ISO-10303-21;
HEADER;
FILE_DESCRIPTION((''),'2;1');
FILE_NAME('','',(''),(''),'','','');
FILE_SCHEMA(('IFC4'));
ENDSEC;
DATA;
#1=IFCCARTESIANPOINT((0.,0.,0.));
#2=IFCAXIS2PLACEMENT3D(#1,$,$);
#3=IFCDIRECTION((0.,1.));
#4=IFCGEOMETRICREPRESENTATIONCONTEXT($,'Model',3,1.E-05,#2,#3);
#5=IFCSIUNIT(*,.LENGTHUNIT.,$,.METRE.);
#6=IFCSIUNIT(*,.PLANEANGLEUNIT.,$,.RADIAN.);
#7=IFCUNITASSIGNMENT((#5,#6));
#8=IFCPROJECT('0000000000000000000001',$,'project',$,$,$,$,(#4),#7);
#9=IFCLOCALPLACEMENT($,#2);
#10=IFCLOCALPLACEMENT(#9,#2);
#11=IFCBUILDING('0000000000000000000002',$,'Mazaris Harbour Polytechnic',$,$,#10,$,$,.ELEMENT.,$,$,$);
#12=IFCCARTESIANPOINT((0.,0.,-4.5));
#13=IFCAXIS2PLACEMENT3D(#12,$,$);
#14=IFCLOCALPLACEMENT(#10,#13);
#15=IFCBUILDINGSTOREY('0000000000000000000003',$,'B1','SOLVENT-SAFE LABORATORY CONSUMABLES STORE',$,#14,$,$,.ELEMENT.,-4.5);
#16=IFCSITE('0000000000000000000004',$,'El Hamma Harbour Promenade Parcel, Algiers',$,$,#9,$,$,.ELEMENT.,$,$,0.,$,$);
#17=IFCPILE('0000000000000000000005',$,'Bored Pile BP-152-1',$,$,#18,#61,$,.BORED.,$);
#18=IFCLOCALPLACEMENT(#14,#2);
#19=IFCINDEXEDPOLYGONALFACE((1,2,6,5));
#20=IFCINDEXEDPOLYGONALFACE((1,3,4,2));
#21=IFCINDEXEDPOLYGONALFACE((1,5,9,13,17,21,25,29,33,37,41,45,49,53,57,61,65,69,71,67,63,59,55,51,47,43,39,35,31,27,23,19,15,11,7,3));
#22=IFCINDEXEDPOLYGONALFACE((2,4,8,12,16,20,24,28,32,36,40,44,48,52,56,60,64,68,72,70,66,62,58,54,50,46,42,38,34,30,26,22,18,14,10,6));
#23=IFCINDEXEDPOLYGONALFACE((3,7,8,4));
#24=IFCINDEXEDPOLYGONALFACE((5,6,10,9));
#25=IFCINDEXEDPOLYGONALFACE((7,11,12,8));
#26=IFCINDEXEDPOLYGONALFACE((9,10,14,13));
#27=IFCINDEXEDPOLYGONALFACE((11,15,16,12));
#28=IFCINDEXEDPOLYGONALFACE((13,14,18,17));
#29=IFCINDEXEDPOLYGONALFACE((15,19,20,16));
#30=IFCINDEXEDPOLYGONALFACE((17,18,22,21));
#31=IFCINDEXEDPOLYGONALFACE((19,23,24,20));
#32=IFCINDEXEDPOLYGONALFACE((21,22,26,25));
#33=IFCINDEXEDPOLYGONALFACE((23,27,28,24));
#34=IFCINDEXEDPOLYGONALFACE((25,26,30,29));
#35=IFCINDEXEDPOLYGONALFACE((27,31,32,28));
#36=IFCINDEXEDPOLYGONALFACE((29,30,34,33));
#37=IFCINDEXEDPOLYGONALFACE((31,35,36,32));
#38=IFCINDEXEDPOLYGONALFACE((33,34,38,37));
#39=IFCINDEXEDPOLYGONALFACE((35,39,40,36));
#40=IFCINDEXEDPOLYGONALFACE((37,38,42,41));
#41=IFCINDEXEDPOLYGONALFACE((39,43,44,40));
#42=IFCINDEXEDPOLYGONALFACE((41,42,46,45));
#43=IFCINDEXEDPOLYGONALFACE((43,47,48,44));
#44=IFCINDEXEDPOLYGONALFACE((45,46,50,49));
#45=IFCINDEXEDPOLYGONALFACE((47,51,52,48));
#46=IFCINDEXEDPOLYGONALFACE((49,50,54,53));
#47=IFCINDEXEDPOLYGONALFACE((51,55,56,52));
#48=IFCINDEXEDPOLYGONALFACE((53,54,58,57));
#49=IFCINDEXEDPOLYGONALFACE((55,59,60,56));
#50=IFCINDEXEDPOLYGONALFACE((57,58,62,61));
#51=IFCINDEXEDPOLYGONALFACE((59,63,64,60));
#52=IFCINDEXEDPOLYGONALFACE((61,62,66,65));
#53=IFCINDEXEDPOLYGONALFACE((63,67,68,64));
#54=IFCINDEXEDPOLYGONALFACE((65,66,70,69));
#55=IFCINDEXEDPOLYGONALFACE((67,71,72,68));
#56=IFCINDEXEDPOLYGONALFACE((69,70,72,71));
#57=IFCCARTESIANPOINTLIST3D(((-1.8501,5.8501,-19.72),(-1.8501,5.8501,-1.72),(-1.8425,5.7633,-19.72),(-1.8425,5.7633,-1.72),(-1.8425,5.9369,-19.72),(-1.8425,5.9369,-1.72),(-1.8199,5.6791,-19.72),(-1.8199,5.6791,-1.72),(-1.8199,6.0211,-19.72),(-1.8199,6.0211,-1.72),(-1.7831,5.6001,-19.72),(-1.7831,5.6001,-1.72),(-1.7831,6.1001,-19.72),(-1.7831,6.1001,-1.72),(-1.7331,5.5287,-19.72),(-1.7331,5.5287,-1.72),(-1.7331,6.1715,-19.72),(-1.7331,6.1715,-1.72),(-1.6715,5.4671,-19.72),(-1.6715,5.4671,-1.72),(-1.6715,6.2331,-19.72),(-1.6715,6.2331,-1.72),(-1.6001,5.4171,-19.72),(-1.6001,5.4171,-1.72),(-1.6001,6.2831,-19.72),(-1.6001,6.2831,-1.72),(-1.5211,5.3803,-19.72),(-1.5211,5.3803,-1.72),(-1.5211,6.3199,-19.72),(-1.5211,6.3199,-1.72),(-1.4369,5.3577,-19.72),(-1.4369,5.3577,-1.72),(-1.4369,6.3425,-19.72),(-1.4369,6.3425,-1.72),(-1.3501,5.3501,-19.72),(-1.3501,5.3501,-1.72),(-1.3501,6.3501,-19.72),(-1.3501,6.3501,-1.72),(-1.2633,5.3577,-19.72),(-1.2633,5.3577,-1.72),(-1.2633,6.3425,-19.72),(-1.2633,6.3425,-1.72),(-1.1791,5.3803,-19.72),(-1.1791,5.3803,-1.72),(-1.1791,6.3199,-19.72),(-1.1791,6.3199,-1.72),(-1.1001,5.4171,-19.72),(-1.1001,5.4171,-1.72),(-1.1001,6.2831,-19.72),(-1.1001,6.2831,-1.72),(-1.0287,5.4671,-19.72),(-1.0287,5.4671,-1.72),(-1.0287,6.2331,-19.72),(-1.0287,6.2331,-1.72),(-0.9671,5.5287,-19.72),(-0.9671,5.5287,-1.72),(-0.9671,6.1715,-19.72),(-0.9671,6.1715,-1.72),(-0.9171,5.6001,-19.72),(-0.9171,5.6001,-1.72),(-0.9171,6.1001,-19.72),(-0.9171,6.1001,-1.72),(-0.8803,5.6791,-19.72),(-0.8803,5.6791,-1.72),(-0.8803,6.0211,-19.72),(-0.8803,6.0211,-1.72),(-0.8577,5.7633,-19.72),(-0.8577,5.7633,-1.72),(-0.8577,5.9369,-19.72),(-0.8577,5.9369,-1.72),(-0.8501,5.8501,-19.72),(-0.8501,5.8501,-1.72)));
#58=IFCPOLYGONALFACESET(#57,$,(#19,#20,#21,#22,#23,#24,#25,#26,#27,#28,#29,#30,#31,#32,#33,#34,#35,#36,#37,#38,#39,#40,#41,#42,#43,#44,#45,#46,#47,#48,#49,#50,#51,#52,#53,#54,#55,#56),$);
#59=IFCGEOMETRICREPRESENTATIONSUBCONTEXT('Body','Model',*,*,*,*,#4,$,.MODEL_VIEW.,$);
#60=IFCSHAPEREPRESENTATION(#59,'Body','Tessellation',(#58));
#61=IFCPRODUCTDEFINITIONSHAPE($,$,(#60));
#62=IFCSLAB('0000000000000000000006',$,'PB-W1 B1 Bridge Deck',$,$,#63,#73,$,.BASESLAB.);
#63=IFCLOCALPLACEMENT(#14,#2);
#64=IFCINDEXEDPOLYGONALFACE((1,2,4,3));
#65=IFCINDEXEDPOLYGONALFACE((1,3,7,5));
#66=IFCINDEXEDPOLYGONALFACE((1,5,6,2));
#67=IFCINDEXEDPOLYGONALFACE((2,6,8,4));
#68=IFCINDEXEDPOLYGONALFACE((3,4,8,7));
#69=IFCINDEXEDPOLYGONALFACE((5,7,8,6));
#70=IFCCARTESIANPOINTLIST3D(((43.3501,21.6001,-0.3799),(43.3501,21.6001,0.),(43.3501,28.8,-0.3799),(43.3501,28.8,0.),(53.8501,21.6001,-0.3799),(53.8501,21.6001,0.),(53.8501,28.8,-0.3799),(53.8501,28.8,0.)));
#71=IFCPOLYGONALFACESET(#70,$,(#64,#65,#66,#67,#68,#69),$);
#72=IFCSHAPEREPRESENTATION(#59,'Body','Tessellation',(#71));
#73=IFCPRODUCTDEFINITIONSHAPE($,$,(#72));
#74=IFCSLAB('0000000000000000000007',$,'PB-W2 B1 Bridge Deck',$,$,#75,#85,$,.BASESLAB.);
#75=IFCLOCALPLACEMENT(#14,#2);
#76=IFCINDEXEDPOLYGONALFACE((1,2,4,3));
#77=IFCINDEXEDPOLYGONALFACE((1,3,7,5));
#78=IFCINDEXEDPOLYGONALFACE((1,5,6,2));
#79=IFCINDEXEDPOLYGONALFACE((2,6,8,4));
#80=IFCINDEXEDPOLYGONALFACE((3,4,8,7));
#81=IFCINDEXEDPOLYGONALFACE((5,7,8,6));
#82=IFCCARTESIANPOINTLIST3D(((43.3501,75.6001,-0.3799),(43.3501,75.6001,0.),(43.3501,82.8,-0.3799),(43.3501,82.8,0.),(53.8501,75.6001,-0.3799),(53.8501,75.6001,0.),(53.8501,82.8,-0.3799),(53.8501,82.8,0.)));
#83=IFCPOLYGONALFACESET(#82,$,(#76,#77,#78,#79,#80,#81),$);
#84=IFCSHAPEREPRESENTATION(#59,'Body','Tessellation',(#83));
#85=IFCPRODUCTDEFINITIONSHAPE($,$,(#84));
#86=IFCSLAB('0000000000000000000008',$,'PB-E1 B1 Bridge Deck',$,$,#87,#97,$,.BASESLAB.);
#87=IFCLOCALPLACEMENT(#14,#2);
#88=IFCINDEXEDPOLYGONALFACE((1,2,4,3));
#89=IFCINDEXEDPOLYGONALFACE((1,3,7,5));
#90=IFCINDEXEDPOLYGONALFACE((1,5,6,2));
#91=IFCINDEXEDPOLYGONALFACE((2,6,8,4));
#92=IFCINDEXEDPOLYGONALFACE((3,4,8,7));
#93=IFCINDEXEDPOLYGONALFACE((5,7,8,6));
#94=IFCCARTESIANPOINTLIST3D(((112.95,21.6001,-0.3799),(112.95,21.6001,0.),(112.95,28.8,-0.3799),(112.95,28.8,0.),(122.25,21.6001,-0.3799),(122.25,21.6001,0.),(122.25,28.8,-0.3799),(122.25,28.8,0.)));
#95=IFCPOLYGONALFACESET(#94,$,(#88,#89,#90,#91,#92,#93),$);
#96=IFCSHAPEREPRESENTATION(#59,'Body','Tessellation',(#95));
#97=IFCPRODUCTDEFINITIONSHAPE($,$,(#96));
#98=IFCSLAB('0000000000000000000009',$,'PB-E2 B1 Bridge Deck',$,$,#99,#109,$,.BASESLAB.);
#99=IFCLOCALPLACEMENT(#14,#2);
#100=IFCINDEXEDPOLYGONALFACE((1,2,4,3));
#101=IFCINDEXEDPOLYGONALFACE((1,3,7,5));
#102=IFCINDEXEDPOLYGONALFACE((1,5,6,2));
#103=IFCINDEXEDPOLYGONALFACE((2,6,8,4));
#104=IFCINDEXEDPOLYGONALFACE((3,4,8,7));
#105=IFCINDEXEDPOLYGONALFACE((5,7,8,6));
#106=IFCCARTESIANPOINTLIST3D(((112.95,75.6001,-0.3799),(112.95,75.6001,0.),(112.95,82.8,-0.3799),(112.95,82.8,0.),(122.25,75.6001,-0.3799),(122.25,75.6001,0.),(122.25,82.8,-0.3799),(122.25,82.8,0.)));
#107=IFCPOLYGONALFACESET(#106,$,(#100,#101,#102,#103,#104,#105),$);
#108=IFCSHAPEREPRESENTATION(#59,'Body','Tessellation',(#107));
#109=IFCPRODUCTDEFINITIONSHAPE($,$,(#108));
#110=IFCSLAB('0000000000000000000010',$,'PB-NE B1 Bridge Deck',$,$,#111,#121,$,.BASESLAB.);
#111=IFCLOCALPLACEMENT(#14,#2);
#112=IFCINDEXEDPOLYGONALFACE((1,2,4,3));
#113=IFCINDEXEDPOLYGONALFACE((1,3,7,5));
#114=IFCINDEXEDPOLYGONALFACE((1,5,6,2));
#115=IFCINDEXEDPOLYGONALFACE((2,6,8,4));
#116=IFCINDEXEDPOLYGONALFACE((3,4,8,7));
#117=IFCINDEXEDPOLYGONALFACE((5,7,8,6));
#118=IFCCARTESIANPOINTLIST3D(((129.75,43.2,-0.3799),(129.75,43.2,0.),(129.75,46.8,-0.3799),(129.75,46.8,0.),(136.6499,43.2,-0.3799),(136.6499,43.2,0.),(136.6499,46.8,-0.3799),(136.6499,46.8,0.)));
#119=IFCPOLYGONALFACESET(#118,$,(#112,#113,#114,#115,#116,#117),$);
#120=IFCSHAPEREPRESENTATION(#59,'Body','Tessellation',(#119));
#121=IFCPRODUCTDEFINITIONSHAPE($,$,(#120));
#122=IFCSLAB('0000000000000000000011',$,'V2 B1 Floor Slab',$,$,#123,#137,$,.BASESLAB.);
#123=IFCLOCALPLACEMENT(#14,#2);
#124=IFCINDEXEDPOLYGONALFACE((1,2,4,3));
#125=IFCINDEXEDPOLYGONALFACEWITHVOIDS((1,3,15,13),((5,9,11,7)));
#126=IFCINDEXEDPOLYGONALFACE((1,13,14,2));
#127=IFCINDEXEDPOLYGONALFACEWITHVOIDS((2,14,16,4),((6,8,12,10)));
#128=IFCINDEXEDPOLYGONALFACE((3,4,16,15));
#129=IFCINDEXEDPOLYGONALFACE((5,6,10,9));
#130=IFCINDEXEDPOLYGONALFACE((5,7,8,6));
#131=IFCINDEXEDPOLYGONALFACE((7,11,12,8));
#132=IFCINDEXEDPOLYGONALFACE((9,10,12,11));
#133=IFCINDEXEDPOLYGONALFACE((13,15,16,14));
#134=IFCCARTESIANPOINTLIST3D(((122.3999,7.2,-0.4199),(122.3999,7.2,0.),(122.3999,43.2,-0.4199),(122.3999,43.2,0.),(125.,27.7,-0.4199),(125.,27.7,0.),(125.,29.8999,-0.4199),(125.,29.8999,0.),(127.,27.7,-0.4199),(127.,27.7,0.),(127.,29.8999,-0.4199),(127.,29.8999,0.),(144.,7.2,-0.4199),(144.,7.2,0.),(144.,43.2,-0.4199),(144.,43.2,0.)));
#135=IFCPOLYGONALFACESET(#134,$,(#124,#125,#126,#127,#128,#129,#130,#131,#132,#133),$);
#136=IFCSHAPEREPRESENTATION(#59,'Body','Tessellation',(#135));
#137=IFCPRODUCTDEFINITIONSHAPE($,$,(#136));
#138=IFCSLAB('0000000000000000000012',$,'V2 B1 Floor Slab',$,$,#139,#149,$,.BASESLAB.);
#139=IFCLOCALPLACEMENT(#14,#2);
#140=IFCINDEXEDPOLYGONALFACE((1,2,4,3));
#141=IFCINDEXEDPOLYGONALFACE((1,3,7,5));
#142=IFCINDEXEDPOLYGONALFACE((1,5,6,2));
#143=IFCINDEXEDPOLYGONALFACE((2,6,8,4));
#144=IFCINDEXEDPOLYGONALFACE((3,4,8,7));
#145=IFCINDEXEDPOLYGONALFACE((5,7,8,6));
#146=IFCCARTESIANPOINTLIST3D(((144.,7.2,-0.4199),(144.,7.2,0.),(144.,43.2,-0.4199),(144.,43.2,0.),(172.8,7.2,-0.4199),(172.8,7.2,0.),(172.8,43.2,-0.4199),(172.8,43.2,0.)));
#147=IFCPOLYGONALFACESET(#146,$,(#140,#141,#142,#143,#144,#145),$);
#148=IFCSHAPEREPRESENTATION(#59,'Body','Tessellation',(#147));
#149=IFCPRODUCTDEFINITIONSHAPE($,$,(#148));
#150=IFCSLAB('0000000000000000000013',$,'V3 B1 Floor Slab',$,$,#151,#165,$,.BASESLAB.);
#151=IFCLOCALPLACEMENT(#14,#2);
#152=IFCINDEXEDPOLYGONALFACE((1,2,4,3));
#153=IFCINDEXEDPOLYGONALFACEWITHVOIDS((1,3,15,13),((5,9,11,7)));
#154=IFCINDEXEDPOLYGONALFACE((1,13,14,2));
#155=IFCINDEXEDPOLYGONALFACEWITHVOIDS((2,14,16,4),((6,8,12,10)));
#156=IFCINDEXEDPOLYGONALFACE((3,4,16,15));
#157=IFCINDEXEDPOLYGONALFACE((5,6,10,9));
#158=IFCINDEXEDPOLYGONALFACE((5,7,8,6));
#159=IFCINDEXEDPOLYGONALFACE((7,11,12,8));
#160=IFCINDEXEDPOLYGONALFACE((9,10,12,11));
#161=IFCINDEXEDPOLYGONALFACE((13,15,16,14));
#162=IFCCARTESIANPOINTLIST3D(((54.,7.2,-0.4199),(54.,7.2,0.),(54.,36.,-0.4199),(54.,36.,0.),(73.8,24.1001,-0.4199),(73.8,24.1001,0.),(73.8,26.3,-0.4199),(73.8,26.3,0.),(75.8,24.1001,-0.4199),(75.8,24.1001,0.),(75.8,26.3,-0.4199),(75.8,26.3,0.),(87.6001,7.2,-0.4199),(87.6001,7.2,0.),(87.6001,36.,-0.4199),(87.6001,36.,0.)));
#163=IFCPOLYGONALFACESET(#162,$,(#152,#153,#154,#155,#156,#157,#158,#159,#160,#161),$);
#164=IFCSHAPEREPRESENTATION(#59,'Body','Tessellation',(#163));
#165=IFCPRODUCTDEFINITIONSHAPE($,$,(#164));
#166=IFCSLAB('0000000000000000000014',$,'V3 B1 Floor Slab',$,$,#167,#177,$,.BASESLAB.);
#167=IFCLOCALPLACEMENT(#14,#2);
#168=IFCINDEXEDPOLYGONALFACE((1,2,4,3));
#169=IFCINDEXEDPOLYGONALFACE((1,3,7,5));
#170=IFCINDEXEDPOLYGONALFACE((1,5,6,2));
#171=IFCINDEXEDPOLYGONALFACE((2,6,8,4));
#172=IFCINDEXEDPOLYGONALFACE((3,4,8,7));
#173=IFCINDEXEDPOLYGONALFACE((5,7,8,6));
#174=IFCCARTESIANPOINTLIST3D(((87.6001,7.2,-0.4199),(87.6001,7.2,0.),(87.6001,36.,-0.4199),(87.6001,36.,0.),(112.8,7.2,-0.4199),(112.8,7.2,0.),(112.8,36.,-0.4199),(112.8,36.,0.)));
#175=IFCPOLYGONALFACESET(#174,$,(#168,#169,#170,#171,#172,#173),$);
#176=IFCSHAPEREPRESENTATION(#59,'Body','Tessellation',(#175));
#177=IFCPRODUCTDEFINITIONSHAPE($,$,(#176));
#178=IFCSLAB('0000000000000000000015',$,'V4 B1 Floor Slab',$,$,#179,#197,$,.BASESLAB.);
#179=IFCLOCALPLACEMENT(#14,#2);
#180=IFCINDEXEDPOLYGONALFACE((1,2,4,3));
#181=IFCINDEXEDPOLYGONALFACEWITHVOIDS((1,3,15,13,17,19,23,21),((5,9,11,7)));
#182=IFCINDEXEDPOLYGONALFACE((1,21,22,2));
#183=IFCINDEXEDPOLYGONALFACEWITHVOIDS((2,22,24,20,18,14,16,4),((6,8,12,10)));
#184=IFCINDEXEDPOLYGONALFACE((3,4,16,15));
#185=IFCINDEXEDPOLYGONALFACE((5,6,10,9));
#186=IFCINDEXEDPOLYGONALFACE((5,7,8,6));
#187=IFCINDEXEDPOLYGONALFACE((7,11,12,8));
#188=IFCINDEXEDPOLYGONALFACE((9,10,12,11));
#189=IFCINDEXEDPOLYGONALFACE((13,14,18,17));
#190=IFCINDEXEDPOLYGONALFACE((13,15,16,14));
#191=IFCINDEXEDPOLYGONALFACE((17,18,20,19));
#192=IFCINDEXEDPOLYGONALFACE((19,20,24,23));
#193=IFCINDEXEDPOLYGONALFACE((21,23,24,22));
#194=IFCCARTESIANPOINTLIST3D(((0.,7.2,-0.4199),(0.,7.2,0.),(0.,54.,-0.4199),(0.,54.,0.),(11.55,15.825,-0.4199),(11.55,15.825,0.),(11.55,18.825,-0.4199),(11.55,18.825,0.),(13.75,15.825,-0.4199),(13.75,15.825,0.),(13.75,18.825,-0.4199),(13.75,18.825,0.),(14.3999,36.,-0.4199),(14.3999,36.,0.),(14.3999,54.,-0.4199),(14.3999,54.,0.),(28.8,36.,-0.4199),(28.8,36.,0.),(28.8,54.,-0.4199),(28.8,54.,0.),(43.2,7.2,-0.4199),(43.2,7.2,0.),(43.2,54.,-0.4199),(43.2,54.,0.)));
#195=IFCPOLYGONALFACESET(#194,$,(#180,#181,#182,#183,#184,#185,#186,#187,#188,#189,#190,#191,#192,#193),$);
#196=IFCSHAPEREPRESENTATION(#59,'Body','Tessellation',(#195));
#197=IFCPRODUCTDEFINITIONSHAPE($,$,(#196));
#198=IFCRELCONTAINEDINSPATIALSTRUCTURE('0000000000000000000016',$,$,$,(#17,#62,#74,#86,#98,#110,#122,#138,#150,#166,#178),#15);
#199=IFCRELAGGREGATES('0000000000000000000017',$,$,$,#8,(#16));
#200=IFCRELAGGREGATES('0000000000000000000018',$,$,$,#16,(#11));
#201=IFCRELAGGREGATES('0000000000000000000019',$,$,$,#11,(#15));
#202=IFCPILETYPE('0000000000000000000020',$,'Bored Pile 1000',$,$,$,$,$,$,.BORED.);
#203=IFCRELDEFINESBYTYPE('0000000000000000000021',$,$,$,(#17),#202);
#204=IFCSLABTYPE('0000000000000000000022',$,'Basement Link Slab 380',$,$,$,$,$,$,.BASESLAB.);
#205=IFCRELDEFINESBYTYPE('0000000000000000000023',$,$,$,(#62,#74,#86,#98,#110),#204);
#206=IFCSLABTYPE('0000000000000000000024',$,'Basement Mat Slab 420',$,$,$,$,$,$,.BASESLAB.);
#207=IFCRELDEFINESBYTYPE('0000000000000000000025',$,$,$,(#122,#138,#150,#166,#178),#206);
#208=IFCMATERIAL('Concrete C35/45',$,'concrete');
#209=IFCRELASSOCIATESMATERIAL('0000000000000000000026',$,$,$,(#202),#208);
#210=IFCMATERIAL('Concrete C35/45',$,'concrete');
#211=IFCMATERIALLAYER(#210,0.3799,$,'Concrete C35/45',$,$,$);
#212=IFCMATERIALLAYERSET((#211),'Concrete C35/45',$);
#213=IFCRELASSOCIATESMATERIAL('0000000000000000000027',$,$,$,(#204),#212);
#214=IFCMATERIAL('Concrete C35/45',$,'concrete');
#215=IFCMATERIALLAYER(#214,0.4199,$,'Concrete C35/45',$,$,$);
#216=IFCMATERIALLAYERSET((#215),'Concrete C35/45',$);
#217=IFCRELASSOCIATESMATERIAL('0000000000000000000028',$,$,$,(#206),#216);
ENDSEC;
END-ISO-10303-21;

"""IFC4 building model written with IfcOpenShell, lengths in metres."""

from ifc_helpers import new_model, si_unit, direction, frame, origin, origin_2d, place, context, subcontext, project, spatial, polyline, circle, outline, extrude, material, layer, layer_set, material_profile, profile_set, type_object, element, save


model = new_model("IFC4")

# Units and contexts
model_context = context("Model", 3, precision=1e-05, world=origin(), true_north=direction((0.0, 1.0)))
body_context = subcontext(model_context, "Body", "Model", "MODEL_VIEW")
ifc_project = project(units=[si_unit("LENGTHUNIT", "METRE"), si_unit("PLANEANGLEUNIT", "RADIAN")], contexts=[model_context])

# Site, building, storey
site_placement = place(None, origin())
site = spatial("IfcSite", under=ifc_project, at=site_placement, Name="El Hamma Harbour Promenade Parcel, Algiers", CompositionType="ELEMENT", RefElevation=0.0)
building_placement = place(site_placement, origin())
building = spatial("IfcBuilding", under=site, at=building_placement, Name="Mazaris Harbour Polytechnic", CompositionType="ELEMENT")
storey_placement = place(building_placement, frame((0.0, 0.0, -4.5)))
storey = spatial("IfcBuildingStorey", under=building, at=storey_placement, Name="B1", Description="SOLVENT-SAFE LABORATORY CONSUMABLES STORE", CompositionType="ELEMENT", Elevation=-4.5)

# Pile
ifc_material_1 = material(Name="Concrete C35/45", Category="concrete")
ifc_material_profile = material_profile(ifc_material_1, circle(Radius=0.5, at=origin_2d()), Name="DIA1000")
ifc_profile_set = profile_set([ifc_material_profile], Name="Concrete C35/45")
pile_type = type_object("IfcPileType", Name="Bored Pile 1000", PredefinedType="BORED", material=ifc_profile_set)
pile_placement = place(storey_placement, frame((-1.3501, 5.8501, -1.72), z_axis=(0.0, 0.0, -1.0), x_axis=(1.0, 0.0, 0.0)))
element("IfcPile", 1, at=pile_placement, inside=storey, type_object=pile_type, Name="Bored Pile BP-152-1", PredefinedType="BORED", context=body_context, shape_type="SweptSolid", body=[
    extrude(circle(Radius=0.5, at=origin_2d()), origin(), (0.0, 0.0, 1.0), 18.0),
])

# Slabs
ifc_material_2 = material(Name="Concrete C35/45", Category="concrete")
ifc_layer_1 = layer(ifc_material_2, 0.3799, Name="Concrete C35/45")
ifc_layer_set_1 = layer_set([ifc_layer_1], Name="Concrete C35/45")
slab_type_1 = type_object("IfcSlabType", Name="Basement Link Slab 380", PredefinedType="BASESLAB", material=ifc_layer_set_1)
slab_1_placement = place(storey_placement, frame((0.0, 0.0, -0.3799)))
element("IfcSlab", 2, at=slab_1_placement, inside=storey, type_object=slab_type_1, Name="PB-W1 B1 Bridge Deck", PredefinedType="BASESLAB", context=body_context, shape_type="SweptSolid", body=[
    extrude(outline(polyline([(53.8501, 21.6001), (53.8501, 28.8), (43.3501, 28.8), (43.3501, 21.6001), (53.8501, 21.6001)])), origin(), (0.0, 0.0, 1.0), 0.3799),
])
slab_2_placement = place(storey_placement, frame((0.0, 0.0, -0.3799)))
element("IfcSlab", 3, at=slab_2_placement, inside=storey, type_object=slab_type_1, Name="PB-W2 B1 Bridge Deck", PredefinedType="BASESLAB", context=body_context, shape_type="SweptSolid", body=[
    extrude(outline(polyline([(53.8501, 75.6001), (53.8501, 82.8), (43.3501, 82.8), (43.3501, 75.6001), (53.8501, 75.6001)])), origin(), (0.0, 0.0, 1.0), 0.3799),
])
slab_3_placement = place(storey_placement, frame((0.0, 0.0, -0.3799)))
element("IfcSlab", 4, at=slab_3_placement, inside=storey, type_object=slab_type_1, Name="PB-E1 B1 Bridge Deck", PredefinedType="BASESLAB", context=body_context, shape_type="SweptSolid", body=[
    extrude(outline(polyline([(122.25, 21.6001), (122.25, 28.8), (112.95, 28.8), (112.95, 21.6001), (122.25, 21.6001)])), origin(), (0.0, 0.0, 1.0), 0.3799),
])
slab_4_placement = place(storey_placement, frame((0.0, 0.0, -0.3799)))
element("IfcSlab", 5, at=slab_4_placement, inside=storey, type_object=slab_type_1, Name="PB-E2 B1 Bridge Deck", PredefinedType="BASESLAB", context=body_context, shape_type="SweptSolid", body=[
    extrude(outline(polyline([(122.25, 75.6001), (122.25, 82.8), (112.95, 82.8), (112.95, 75.6001), (122.25, 75.6001)])), origin(), (0.0, 0.0, 1.0), 0.3799),
])
slab_5_placement = place(storey_placement, frame((0.0, 0.0, -0.3799)))
element("IfcSlab", 6, at=slab_5_placement, inside=storey, type_object=slab_type_1, Name="PB-NE B1 Bridge Deck", PredefinedType="BASESLAB", context=body_context, shape_type="SweptSolid", body=[
    extrude(outline(polyline([(136.6499, 43.2), (136.6499, 46.8), (129.75, 46.8), (129.75, 43.2), (136.6499, 43.2)])), origin(), (0.0, 0.0, 1.0), 0.3799),
])
ifc_material_3 = material(Name="Concrete C35/45", Category="concrete")
ifc_layer_2 = layer(ifc_material_3, 0.4199, Name="Concrete C35/45")
ifc_layer_set_2 = layer_set([ifc_layer_2], Name="Concrete C35/45")
slab_type_2 = type_object("IfcSlabType", Name="Basement Mat Slab 420", PredefinedType="BASESLAB", material=ifc_layer_set_2)
slab_6_placement = place(storey_placement, frame((0.0, 0.0, -0.4199)))
element("IfcSlab", 7, at=slab_6_placement, inside=storey, type_object=slab_type_2, Name="V2 B1 Floor Slab", PredefinedType="BASESLAB", context=body_context, shape_type="SweptSolid", body=[
    extrude(outline(polyline([(122.3999, 43.2), (144.0, 43.2), (144.0, 7.2), (122.3999, 7.2), (122.3999, 43.2)]), holes=[polyline([(125.0, 29.8999), (125.0, 27.7), (127.0, 27.7), (127.0, 29.8999), (125.0, 29.8999)])]), origin(), (0.0, 0.0, 1.0), 0.4199),
])
slab_7_placement = place(storey_placement, frame((0.0, 0.0, -0.4199)))
element("IfcSlab", 8, at=slab_7_placement, inside=storey, type_object=slab_type_2, Name="V2 B1 Floor Slab", PredefinedType="BASESLAB", context=body_context, shape_type="SweptSolid", body=[
    extrude(outline(polyline([(172.8, 43.2), (172.8, 7.2), (144.0, 7.2), (144.0, 43.2), (172.8, 43.2)])), origin(), (0.0, 0.0, 1.0), 0.4199),
])
slab_8_placement = place(storey_placement, frame((0.0, 0.0, -0.4199)))
element("IfcSlab", 9, at=slab_8_placement, inside=storey, type_object=slab_type_2, Name="V3 B1 Floor Slab", PredefinedType="BASESLAB", context=body_context, shape_type="SweptSolid", body=[
    extrude(outline(polyline([(54.0, 36.0), (87.6001, 36.0), (87.6001, 7.2), (54.0, 7.2), (54.0, 36.0)]), holes=[polyline([(73.8, 26.3), (73.8, 24.1001), (75.8, 24.1001), (75.8, 26.3), (73.8, 26.3)])]), origin(), (0.0, 0.0, 1.0), 0.4199),
])
slab_9_placement = place(storey_placement, frame((0.0, 0.0, -0.4199)))
element("IfcSlab", 10, at=slab_9_placement, inside=storey, type_object=slab_type_2, Name="V3 B1 Floor Slab", PredefinedType="BASESLAB", context=body_context, shape_type="SweptSolid", body=[
    extrude(outline(polyline([(112.8, 36.0), (112.8, 7.2), (87.6001, 7.2), (87.6001, 36.0), (112.8, 36.0)])), origin(), (0.0, 0.0, 1.0), 0.4199),
])
slab_10_placement = place(storey_placement, frame((0.0, 0.0, -0.4199)))
element("IfcSlab", 11, at=slab_10_placement, inside=storey, type_object=slab_type_2, Name="V4 B1 Floor Slab", PredefinedType="BASESLAB", context=body_context, shape_type="SweptSolid", body=[
    extrude(outline(polyline([(43.2, 7.2), (0.0, 7.2), (0.0, 54.0), (14.3999, 54.0), (14.3999, 36.0), (28.8, 36.0), (28.8, 54.0), (43.2, 54.0), (43.2, 7.2)]), holes=[polyline([(11.55, 15.825), (13.75, 15.825), (13.75, 18.825), (11.55, 18.825), (11.55, 15.825)])]), origin(), (0.0, 0.0, 1.0), 0.4199),
])

save(model, "model.ifc")
